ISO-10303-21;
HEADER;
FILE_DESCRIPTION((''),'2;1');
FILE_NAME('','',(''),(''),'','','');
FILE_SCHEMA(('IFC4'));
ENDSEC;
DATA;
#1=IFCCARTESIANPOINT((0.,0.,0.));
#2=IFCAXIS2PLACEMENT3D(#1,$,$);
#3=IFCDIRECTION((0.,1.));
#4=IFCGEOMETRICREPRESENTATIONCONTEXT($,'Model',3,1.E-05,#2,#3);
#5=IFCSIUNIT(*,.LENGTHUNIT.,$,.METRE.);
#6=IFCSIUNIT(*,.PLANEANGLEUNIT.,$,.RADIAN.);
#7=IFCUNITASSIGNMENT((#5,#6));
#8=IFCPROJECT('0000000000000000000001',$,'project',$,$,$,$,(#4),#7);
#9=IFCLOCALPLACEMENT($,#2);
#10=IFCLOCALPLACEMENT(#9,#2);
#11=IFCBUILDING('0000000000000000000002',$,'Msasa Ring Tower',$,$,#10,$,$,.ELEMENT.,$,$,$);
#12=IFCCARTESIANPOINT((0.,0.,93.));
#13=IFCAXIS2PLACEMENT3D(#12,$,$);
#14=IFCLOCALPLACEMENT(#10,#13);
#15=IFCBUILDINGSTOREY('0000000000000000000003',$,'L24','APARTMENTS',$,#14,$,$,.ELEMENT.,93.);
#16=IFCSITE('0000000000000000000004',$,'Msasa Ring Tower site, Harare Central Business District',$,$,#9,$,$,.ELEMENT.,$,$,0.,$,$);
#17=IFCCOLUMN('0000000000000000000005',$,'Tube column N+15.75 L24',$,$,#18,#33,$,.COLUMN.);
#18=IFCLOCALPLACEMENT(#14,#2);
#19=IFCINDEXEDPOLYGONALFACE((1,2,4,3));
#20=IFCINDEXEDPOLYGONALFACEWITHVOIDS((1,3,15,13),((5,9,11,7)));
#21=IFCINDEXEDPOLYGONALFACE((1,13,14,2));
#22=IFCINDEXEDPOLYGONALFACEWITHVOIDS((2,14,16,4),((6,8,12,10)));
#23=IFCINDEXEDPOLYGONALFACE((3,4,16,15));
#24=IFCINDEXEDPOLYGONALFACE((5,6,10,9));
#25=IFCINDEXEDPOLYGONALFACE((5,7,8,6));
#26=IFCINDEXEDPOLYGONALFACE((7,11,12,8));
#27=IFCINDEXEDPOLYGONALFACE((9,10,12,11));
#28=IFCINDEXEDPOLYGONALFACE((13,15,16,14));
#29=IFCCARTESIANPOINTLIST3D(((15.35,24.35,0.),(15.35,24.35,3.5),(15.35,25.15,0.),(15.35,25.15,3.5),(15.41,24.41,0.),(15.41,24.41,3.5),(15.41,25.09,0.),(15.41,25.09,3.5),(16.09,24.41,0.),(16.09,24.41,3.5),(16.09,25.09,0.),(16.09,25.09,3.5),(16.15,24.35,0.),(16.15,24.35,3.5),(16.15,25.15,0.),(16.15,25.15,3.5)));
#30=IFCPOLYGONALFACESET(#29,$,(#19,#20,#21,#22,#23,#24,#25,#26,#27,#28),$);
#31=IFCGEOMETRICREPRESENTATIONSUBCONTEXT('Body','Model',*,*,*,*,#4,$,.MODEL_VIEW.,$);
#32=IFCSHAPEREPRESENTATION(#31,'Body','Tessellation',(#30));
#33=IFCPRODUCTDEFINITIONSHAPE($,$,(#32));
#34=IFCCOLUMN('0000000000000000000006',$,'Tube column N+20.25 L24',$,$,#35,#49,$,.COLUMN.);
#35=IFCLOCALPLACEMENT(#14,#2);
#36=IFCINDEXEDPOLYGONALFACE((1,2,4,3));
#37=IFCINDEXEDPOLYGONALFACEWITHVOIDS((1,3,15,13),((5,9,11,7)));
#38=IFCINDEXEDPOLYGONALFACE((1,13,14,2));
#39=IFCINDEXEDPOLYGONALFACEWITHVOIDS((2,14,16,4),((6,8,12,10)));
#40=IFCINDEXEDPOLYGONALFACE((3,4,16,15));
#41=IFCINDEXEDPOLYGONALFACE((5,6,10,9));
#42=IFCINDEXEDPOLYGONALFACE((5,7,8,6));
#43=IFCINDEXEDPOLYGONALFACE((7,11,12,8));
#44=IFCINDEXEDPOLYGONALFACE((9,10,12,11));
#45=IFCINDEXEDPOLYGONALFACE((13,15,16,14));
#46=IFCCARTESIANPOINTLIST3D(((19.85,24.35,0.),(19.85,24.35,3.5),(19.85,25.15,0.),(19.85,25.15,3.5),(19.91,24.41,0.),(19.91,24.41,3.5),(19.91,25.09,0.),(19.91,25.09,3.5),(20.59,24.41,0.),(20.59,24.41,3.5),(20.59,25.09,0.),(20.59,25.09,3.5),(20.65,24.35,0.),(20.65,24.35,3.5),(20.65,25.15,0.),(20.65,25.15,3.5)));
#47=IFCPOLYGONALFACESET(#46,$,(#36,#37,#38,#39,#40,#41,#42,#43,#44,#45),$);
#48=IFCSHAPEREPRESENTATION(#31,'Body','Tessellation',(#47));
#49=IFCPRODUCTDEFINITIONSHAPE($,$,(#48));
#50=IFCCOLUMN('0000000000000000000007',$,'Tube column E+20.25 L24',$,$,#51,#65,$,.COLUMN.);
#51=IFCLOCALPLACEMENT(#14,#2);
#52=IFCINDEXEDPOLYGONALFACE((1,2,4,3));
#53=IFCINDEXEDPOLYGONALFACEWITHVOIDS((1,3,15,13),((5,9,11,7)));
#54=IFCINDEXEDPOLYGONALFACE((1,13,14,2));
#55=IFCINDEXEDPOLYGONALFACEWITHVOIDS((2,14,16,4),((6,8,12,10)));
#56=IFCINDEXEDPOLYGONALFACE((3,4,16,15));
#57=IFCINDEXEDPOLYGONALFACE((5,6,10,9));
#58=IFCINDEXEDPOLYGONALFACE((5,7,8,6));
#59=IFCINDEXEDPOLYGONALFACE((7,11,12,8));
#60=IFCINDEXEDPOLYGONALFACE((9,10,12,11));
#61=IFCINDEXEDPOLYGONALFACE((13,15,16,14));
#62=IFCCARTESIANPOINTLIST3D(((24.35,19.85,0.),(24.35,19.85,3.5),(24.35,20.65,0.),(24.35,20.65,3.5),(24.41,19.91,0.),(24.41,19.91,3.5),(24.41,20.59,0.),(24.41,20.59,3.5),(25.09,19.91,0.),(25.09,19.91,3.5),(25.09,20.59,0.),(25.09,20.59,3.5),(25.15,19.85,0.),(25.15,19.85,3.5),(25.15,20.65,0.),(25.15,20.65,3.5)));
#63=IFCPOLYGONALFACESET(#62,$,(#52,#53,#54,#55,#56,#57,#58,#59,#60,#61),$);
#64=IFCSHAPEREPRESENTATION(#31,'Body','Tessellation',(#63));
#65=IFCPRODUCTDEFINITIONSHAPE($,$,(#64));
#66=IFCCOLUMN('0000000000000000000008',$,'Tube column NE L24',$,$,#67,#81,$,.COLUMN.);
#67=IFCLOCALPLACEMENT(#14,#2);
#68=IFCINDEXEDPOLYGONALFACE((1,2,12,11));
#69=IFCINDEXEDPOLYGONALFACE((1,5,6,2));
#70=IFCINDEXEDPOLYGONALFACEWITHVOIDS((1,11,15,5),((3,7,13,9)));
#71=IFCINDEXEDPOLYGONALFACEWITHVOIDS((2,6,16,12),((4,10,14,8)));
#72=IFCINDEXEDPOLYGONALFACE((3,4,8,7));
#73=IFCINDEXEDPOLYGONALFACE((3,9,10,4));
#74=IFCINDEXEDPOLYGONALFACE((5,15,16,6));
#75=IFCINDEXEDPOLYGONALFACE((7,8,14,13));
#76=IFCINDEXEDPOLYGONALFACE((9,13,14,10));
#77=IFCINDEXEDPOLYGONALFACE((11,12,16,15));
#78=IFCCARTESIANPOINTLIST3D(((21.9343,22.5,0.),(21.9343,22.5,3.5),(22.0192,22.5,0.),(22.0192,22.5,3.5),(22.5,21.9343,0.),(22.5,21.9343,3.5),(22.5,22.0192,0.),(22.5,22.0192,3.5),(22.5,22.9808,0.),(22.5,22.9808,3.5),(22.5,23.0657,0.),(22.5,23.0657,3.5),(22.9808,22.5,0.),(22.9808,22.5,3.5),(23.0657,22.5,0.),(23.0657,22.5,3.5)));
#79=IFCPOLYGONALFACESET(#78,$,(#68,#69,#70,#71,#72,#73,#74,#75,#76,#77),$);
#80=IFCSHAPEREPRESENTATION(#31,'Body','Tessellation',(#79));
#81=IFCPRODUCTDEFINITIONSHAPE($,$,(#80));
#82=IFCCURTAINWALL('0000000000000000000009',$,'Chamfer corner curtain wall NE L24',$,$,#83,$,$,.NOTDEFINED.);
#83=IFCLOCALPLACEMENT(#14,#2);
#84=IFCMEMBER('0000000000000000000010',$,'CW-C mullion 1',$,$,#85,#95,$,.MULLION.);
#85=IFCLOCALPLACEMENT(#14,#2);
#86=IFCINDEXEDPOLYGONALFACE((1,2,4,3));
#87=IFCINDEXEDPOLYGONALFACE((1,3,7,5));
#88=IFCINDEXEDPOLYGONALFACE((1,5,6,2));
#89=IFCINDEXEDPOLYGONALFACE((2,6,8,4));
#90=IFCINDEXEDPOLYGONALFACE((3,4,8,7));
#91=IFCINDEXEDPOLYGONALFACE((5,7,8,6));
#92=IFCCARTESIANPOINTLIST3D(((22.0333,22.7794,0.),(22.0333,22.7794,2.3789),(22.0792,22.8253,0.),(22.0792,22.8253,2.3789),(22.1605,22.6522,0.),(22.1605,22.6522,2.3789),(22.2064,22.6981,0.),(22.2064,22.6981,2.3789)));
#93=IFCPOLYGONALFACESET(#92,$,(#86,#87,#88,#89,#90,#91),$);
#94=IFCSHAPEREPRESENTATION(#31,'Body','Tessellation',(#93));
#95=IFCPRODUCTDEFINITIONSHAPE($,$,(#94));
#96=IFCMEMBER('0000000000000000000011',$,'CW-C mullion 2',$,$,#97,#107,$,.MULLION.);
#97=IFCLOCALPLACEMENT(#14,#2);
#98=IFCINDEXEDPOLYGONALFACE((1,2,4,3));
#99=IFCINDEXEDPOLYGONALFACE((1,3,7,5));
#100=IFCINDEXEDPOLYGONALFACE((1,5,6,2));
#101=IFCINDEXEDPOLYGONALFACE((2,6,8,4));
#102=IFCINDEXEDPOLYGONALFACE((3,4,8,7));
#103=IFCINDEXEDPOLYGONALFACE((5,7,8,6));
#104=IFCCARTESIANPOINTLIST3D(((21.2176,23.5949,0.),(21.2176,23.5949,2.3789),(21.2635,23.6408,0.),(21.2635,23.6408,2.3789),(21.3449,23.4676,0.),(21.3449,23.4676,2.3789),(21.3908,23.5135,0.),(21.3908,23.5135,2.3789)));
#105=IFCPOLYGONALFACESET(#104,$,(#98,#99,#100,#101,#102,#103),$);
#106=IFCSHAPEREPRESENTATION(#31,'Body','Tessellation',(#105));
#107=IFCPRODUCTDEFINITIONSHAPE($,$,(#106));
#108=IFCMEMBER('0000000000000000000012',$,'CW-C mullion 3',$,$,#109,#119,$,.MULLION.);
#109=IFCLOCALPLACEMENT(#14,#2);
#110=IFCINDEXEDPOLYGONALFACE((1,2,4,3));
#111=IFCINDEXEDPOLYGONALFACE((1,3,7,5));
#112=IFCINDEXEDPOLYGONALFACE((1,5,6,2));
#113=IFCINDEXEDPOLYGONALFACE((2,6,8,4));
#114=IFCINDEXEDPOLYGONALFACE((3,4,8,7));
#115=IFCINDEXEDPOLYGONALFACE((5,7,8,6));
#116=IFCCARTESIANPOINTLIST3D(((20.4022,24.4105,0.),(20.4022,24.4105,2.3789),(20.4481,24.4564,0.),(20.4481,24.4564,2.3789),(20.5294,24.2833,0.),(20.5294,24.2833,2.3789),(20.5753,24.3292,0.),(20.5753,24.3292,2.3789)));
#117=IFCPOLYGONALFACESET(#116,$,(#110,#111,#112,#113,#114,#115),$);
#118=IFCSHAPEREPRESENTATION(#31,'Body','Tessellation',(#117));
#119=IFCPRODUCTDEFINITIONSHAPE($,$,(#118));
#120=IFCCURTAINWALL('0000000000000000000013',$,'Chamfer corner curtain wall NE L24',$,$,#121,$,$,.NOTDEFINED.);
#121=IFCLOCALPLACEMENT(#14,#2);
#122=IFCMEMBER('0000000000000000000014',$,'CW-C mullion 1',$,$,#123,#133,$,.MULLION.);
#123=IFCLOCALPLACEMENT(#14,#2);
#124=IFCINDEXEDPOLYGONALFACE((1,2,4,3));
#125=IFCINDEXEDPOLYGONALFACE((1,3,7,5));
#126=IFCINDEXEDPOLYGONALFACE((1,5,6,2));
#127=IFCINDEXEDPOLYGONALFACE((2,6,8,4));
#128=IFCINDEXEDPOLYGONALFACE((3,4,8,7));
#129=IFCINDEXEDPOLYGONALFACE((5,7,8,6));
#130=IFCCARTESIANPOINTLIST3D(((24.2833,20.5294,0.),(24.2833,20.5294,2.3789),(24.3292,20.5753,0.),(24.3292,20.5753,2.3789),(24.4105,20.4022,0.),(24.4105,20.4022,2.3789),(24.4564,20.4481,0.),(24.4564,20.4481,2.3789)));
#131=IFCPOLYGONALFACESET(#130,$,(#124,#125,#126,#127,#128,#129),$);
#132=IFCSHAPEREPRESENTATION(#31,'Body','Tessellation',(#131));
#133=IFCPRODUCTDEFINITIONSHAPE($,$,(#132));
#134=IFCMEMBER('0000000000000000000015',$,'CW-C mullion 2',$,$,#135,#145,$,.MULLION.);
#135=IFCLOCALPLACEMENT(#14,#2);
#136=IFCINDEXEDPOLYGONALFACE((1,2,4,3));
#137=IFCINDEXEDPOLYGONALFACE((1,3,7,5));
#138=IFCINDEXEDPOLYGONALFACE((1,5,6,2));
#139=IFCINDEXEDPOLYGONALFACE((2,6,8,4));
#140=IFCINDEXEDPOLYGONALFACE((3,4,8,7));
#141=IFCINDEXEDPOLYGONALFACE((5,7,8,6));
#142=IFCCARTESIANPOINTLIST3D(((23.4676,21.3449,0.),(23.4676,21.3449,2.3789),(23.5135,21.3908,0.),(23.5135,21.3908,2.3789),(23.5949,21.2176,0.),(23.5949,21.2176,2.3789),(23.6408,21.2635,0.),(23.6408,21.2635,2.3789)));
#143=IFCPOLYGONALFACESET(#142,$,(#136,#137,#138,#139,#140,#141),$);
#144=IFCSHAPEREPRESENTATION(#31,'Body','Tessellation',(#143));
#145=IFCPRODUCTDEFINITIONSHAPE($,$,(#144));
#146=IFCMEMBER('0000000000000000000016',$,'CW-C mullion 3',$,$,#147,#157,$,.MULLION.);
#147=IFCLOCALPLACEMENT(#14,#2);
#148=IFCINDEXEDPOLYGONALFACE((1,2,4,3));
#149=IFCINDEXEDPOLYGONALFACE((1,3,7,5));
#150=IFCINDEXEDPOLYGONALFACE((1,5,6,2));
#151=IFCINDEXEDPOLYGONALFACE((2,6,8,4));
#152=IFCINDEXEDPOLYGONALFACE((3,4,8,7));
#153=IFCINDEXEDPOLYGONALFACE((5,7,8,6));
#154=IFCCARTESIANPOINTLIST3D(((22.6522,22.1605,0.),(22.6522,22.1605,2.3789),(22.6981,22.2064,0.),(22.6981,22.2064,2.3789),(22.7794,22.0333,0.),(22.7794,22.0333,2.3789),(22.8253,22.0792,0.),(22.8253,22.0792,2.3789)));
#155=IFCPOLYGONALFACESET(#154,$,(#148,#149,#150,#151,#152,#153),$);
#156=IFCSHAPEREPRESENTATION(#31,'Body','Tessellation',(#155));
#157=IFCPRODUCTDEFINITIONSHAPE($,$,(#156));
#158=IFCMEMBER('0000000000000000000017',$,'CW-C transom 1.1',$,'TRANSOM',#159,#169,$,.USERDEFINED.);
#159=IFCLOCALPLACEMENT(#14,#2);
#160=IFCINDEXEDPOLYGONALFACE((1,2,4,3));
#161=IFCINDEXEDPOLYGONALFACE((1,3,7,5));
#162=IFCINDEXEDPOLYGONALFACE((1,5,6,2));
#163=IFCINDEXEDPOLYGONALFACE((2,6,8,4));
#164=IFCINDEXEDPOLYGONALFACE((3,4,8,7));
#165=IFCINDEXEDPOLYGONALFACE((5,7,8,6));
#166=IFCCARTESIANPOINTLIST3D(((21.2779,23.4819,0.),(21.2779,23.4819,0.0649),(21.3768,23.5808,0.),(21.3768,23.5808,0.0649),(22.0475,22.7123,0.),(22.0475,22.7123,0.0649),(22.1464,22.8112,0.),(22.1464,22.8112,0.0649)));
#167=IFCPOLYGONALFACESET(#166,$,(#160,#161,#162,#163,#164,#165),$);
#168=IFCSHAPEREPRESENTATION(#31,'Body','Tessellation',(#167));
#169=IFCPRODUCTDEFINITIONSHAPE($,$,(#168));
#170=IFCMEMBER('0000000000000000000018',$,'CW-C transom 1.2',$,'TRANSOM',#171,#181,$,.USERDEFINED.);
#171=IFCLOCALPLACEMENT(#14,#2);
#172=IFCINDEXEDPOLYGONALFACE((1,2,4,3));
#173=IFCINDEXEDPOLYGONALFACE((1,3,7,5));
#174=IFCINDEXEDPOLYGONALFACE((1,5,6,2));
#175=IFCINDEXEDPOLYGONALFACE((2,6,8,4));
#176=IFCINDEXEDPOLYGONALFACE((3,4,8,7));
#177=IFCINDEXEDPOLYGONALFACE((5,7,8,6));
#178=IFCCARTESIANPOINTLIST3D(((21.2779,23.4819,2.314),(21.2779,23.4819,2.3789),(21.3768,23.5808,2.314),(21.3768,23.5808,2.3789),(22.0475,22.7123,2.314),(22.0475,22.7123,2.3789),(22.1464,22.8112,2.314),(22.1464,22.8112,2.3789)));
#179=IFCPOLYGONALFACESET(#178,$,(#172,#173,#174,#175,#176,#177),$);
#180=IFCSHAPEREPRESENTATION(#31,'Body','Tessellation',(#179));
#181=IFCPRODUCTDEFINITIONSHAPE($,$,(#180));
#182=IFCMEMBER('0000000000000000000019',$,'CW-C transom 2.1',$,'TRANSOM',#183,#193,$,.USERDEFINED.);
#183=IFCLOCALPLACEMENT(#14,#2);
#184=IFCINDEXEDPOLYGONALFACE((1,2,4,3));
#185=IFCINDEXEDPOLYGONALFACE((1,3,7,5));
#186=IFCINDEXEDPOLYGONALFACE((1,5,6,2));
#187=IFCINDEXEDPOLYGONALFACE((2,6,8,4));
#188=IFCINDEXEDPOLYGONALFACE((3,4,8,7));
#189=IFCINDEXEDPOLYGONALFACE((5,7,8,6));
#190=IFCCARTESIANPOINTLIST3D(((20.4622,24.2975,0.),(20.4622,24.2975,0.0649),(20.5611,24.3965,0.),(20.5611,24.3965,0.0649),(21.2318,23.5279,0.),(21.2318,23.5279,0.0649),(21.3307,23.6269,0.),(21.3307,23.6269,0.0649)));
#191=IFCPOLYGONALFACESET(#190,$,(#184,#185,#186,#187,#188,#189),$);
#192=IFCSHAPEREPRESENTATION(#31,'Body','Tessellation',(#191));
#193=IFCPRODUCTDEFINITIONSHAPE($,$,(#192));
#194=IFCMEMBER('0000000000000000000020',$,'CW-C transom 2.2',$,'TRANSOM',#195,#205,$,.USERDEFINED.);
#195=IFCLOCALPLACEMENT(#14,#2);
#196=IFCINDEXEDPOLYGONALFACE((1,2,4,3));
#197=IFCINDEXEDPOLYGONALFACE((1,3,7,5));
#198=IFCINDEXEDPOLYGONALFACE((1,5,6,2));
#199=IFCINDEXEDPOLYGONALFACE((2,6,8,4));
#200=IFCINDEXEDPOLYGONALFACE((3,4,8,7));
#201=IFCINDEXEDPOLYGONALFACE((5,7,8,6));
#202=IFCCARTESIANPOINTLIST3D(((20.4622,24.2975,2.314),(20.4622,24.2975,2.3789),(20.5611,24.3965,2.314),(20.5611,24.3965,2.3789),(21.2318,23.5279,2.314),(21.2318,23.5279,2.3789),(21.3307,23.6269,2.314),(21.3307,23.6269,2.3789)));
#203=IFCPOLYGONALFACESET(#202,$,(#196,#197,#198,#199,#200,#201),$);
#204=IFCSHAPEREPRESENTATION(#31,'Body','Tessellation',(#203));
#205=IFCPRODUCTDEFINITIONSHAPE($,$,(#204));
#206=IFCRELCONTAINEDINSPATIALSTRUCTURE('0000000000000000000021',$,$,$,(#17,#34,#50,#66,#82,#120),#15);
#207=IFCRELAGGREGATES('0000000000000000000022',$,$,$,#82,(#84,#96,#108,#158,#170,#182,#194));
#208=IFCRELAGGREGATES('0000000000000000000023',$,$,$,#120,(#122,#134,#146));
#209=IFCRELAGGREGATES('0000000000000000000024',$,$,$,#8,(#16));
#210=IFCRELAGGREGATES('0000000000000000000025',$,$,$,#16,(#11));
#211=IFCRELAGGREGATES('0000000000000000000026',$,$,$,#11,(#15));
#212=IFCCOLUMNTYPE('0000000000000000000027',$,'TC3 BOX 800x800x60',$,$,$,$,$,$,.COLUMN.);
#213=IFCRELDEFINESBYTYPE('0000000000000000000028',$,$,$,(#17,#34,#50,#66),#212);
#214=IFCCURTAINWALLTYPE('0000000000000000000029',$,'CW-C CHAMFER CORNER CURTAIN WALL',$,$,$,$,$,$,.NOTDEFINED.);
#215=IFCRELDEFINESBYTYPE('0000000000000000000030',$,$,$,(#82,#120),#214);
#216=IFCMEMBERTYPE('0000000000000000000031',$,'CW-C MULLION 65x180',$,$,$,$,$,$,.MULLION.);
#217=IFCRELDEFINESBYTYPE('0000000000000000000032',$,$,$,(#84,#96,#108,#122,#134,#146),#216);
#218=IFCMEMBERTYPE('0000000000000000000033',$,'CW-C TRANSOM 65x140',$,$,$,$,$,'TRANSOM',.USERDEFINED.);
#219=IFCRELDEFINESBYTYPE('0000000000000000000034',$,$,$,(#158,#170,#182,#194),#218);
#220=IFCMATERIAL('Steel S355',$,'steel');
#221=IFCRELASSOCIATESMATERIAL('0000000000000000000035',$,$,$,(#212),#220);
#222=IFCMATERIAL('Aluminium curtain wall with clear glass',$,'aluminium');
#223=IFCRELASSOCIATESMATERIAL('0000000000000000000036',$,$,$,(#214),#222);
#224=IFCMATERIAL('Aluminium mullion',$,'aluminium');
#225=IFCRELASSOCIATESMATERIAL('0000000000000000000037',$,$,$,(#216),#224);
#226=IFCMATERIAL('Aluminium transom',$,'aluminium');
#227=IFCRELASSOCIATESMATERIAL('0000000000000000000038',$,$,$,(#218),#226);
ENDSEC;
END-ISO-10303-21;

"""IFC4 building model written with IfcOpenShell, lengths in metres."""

from ifc_helpers import new_model, si_unit, direction, frame, origin, origin_2d, place, context, subcontext, project, spatial, rectangle, hollow_rectangle, extrude, material, material_profile, profile_set, type_object, element, aggregate, save


model = new_model("IFC4")

# Units and contexts
model_context = context("Model", 3, precision=1e-05, world=origin(), true_north=direction((0.0, 1.0)))
body_context = subcontext(model_context, "Body", "Model", "MODEL_VIEW")
ifc_project = project(units=[si_unit("LENGTHUNIT", "METRE"), si_unit("PLANEANGLEUNIT", "RADIAN")], contexts=[model_context])

# Site, building, storey
site_placement = place(None, origin())
site = spatial("IfcSite", under=ifc_project, at=site_placement, Name="Msasa Ring Tower site, Harare Central Business District", CompositionType="ELEMENT", RefElevation=0.0)
building_placement = place(site_placement, origin())
building = spatial("IfcBuilding", under=site, at=building_placement, Name="Msasa Ring Tower", CompositionType="ELEMENT")
storey_placement = place(building_placement, frame((0.0, 0.0, 93.0)))
storey = spatial("IfcBuildingStorey", under=building, at=storey_placement, Name="L24", Description="APARTMENTS", CompositionType="ELEMENT", Elevation=93.0)

# Columns
ifc_material_1 = material(Name="Steel S355", Category="steel")
ifc_material_profile_1 = material_profile(ifc_material_1, hollow_rectangle(XDim=0.8, YDim=0.8, WallThickness=0.0601, at=origin_2d()), Name="BOX 800x800x60")
ifc_profile_set_1 = profile_set([ifc_material_profile_1], Name="Steel S355")
column_type = type_object("IfcColumnType", Name="TC3 BOX 800x800x60", PredefinedType="COLUMN", material=ifc_profile_set_1)
for number, where, z_axis, x_axis, name in (
    (1, (15.75, 24.75, 0.0), (0.0, 0.0, 1.0), (0.0, 1.0, 0.0), "Tube column N+15.75 L24"),
    (2, (20.25, 24.75, 0.0), (0.0, 0.0, 1.0), (0.0, 1.0, 0.0), "Tube column N+20.25 L24"),
    (3, (24.75, 20.25, 0.0), (0.0, 0.0, 1.0), (1.0, 0.0, 0.0), "Tube column E+20.25 L24"),
    (4, (22.5, 22.5, 0.0), (0.0, 0.0, 1.0), (0.707107, 0.707107, 0.0), "Tube column NE L24"),
):
    element("IfcColumn", number, at=place(storey_placement, frame(where, z_axis=z_axis, x_axis=x_axis)), inside=storey, type_object=column_type, Name=name, PredefinedType="COLUMN", context=body_context, shape_type="SweptSolid", body=[
        extrude(hollow_rectangle(XDim=0.8, YDim=0.8, WallThickness=0.0601, at=origin_2d()), origin(), (0.0, 0.0, 1.0), 3.5),
    ])

# Curtain walls, members
ifc_material_2 = material(Name="Aluminium curtain wall with clear glass", Category="aluminium")
curtain_wall_type = type_object("IfcCurtainWallType", Name="CW-C CHAMFER CORNER CURTAIN WALL", PredefinedType="NOTDEFINED", material=ifc_material_2)
curtain_wall_1_placement = place(storey_placement, origin())
curtain_wall_1 = element("IfcCurtainWall", 5, at=curtain_wall_1_placement, inside=storey, type_object=curtain_wall_type, Name="Chamfer corner curtain wall NE L24", PredefinedType="NOTDEFINED")
ifc_material_3 = material(Name="Aluminium mullion", Category="aluminium")
ifc_material_profile_2 = material_profile(ifc_material_3, rectangle(XDim=0.0649, YDim=0.1799, at=origin_2d()), Name="AL 65x180")
ifc_profile_set_2 = profile_set([ifc_material_profile_2], Name="Aluminium mullion")
member_type_1 = type_object("IfcMemberType", Name="CW-C MULLION 65x180", PredefinedType="MULLION", material=ifc_profile_set_2)
member_1_placement = place(storey_placement, frame((22.1199, 22.7388, 0.0), z_axis=(0.0, 0.0, 1.0), x_axis=(-0.707107, -0.707107, 0.0)))
member_1 = element("IfcMember", 6, at=member_1_placement, type_object=member_type_1, Name="CW-C mullion 1", PredefinedType="MULLION", context=body_context, shape_type="SweptSolid", body=[
    extrude(rectangle(XDim=0.0649, YDim=0.1799, at=origin_2d()), origin(), (0.0, 0.0, 1.0), 2.3789),
])
member_2_placement = place(storey_placement, frame((21.3042, 23.5542, 0.0), z_axis=(0.0, 0.0, 1.0), x_axis=(-0.707107, -0.707107, 0.0)))
member_2 = element("IfcMember", 7, at=member_2_placement, type_object=member_type_1, Name="CW-C mullion 2", PredefinedType="MULLION", context=body_context, shape_type="SweptSolid", body=[
    extrude(rectangle(XDim=0.0649, YDim=0.1799, at=origin_2d()), origin(), (0.0, 0.0, 1.0), 2.3789),
])
member_3_placement = place(storey_placement, frame((20.4888, 24.3699, 0.0), z_axis=(0.0, 0.0, 1.0), x_axis=(-0.707107, -0.707107, 0.0)))
member_3 = element("IfcMember", 8, at=member_3_placement, type_object=member_type_1, Name="CW-C mullion 3", PredefinedType="MULLION", context=body_context, shape_type="SweptSolid", body=[
    extrude(rectangle(XDim=0.0649, YDim=0.1799, at=origin_2d()), origin(), (0.0, 0.0, 1.0), 2.3789),
])
curtain_wall_2_placement = place(storey_placement, origin())
curtain_wall_2 = element("IfcCurtainWall", 9, at=curtain_wall_2_placement, inside=storey, type_object=curtain_wall_type, Name="Chamfer corner curtain wall NE L24", PredefinedType="NOTDEFINED")
member_4_placement = place(storey_placement, frame((24.3699, 20.4888, 0.0), z_axis=(0.0, 0.0, 1.0), x_axis=(-0.707107, -0.707107, 0.0)))
member_4 = element("IfcMember", 10, at=member_4_placement, type_object=member_type_1, Name="CW-C mullion 1", PredefinedType="MULLION", context=body_context, shape_type="SweptSolid", body=[
    extrude(rectangle(XDim=0.0649, YDim=0.1799, at=origin_2d()), origin(), (0.0, 0.0, 1.0), 2.3789),
])
member_5_placement = place(storey_placement, frame((23.5542, 21.3042, 0.0), z_axis=(0.0, 0.0, 1.0), x_axis=(-0.707107, -0.707107, 0.0)))
member_5 = element("IfcMember", 11, at=member_5_placement, type_object=member_type_1, Name="CW-C mullion 2", PredefinedType="MULLION", context=body_context, shape_type="SweptSolid", body=[
    extrude(rectangle(XDim=0.0649, YDim=0.1799, at=origin_2d()), origin(), (0.0, 0.0, 1.0), 2.3789),
])
member_6_placement = place(storey_placement, frame((22.7388, 22.1199, 0.0), z_axis=(0.0, 0.0, 1.0), x_axis=(-0.707107, -0.707107, 0.0)))
member_6 = element("IfcMember", 12, at=member_6_placement, type_object=member_type_1, Name="CW-C mullion 3", PredefinedType="MULLION", context=body_context, shape_type="SweptSolid", body=[
    extrude(rectangle(XDim=0.0649, YDim=0.1799, at=origin_2d()), origin(), (0.0, 0.0, 1.0), 2.3789),
])

# Members
ifc_material_4 = material(Name="Aluminium transom", Category="aluminium")
ifc_material_profile_3 = material_profile(ifc_material_4, rectangle(XDim=0.1399, YDim=0.0649, at=origin_2d()), Name="AL 65x140")
ifc_profile_set_3 = profile_set([ifc_material_profile_3], Name="Aluminium transom")
member_type_2 = type_object("IfcMemberType", Name="CW-C TRANSOM 65x140", ElementType="TRANSOM", PredefinedType="USERDEFINED", material=ifc_profile_set_3)
member_7_placement = place(storey_placement, frame((22.0969, 22.7617, 0.0325), z_axis=(-0.707107, 0.707107, 0.0), x_axis=(-0.707107, -0.707107, 0.0)))
member_7 = element("IfcMember", 13, at=member_7_placement, type_object=member_type_2, Name="CW-C transom 1.1", ObjectType="TRANSOM", PredefinedType="USERDEFINED", context=body_context, shape_type="SweptSolid", body=[
    extrude(rectangle(XDim=0.1399, YDim=0.0649, at=origin_2d()), origin(), (0.0, 0.0, 1.0), 1.0884),
])
member_8_placement = place(storey_placement, frame((22.0969, 22.7617, 2.3464), z_axis=(-0.707107, 0.707107, 0.0), x_axis=(-0.707107, -0.707107, 0.0)))
member_8 = element("IfcMember", 14, at=member_8_placement, type_object=member_type_2, Name="CW-C transom 1.2", ObjectType="TRANSOM", PredefinedType="USERDEFINED", context=body_context, shape_type="SweptSolid", body=[
    extrude(rectangle(XDim=0.1399, YDim=0.0649, at=origin_2d()), origin(), (0.0, 0.0, 1.0), 1.0884),
])
member_9_placement = place(storey_placement, frame((21.2812, 23.5774, 0.0325), z_axis=(-0.707107, 0.707107, 0.0), x_axis=(-0.707107, -0.707107, 0.0)))
member_9 = element("IfcMember", 15, at=member_9_placement, type_object=member_type_2, Name="CW-C transom 2.1", ObjectType="TRANSOM", PredefinedType="USERDEFINED", context=body_context, shape_type="SweptSolid", body=[
    extrude(rectangle(XDim=0.1399, YDim=0.0649, at=origin_2d()), origin(), (0.0, 0.0, 1.0), 1.0884),
])
member_10_placement = place(storey_placement, frame((21.2812, 23.5774, 2.3464), z_axis=(-0.707107, 0.707107, 0.0), x_axis=(-0.707107, -0.707107, 0.0)))
member_10 = element("IfcMember", 16, at=member_10_placement, type_object=member_type_2, Name="CW-C transom 2.2", ObjectType="TRANSOM", PredefinedType="USERDEFINED", context=body_context, shape_type="SweptSolid", body=[
    extrude(rectangle(XDim=0.1399, YDim=0.0649, at=origin_2d()), origin(), (0.0, 0.0, 1.0), 1.0884),
])

aggregate(curtain_wall_1, [member_1, member_2, member_3, member_7, member_8, member_9, member_10])
aggregate(curtain_wall_2, [member_4, member_5, member_6])

save(model, "model.ifc")
